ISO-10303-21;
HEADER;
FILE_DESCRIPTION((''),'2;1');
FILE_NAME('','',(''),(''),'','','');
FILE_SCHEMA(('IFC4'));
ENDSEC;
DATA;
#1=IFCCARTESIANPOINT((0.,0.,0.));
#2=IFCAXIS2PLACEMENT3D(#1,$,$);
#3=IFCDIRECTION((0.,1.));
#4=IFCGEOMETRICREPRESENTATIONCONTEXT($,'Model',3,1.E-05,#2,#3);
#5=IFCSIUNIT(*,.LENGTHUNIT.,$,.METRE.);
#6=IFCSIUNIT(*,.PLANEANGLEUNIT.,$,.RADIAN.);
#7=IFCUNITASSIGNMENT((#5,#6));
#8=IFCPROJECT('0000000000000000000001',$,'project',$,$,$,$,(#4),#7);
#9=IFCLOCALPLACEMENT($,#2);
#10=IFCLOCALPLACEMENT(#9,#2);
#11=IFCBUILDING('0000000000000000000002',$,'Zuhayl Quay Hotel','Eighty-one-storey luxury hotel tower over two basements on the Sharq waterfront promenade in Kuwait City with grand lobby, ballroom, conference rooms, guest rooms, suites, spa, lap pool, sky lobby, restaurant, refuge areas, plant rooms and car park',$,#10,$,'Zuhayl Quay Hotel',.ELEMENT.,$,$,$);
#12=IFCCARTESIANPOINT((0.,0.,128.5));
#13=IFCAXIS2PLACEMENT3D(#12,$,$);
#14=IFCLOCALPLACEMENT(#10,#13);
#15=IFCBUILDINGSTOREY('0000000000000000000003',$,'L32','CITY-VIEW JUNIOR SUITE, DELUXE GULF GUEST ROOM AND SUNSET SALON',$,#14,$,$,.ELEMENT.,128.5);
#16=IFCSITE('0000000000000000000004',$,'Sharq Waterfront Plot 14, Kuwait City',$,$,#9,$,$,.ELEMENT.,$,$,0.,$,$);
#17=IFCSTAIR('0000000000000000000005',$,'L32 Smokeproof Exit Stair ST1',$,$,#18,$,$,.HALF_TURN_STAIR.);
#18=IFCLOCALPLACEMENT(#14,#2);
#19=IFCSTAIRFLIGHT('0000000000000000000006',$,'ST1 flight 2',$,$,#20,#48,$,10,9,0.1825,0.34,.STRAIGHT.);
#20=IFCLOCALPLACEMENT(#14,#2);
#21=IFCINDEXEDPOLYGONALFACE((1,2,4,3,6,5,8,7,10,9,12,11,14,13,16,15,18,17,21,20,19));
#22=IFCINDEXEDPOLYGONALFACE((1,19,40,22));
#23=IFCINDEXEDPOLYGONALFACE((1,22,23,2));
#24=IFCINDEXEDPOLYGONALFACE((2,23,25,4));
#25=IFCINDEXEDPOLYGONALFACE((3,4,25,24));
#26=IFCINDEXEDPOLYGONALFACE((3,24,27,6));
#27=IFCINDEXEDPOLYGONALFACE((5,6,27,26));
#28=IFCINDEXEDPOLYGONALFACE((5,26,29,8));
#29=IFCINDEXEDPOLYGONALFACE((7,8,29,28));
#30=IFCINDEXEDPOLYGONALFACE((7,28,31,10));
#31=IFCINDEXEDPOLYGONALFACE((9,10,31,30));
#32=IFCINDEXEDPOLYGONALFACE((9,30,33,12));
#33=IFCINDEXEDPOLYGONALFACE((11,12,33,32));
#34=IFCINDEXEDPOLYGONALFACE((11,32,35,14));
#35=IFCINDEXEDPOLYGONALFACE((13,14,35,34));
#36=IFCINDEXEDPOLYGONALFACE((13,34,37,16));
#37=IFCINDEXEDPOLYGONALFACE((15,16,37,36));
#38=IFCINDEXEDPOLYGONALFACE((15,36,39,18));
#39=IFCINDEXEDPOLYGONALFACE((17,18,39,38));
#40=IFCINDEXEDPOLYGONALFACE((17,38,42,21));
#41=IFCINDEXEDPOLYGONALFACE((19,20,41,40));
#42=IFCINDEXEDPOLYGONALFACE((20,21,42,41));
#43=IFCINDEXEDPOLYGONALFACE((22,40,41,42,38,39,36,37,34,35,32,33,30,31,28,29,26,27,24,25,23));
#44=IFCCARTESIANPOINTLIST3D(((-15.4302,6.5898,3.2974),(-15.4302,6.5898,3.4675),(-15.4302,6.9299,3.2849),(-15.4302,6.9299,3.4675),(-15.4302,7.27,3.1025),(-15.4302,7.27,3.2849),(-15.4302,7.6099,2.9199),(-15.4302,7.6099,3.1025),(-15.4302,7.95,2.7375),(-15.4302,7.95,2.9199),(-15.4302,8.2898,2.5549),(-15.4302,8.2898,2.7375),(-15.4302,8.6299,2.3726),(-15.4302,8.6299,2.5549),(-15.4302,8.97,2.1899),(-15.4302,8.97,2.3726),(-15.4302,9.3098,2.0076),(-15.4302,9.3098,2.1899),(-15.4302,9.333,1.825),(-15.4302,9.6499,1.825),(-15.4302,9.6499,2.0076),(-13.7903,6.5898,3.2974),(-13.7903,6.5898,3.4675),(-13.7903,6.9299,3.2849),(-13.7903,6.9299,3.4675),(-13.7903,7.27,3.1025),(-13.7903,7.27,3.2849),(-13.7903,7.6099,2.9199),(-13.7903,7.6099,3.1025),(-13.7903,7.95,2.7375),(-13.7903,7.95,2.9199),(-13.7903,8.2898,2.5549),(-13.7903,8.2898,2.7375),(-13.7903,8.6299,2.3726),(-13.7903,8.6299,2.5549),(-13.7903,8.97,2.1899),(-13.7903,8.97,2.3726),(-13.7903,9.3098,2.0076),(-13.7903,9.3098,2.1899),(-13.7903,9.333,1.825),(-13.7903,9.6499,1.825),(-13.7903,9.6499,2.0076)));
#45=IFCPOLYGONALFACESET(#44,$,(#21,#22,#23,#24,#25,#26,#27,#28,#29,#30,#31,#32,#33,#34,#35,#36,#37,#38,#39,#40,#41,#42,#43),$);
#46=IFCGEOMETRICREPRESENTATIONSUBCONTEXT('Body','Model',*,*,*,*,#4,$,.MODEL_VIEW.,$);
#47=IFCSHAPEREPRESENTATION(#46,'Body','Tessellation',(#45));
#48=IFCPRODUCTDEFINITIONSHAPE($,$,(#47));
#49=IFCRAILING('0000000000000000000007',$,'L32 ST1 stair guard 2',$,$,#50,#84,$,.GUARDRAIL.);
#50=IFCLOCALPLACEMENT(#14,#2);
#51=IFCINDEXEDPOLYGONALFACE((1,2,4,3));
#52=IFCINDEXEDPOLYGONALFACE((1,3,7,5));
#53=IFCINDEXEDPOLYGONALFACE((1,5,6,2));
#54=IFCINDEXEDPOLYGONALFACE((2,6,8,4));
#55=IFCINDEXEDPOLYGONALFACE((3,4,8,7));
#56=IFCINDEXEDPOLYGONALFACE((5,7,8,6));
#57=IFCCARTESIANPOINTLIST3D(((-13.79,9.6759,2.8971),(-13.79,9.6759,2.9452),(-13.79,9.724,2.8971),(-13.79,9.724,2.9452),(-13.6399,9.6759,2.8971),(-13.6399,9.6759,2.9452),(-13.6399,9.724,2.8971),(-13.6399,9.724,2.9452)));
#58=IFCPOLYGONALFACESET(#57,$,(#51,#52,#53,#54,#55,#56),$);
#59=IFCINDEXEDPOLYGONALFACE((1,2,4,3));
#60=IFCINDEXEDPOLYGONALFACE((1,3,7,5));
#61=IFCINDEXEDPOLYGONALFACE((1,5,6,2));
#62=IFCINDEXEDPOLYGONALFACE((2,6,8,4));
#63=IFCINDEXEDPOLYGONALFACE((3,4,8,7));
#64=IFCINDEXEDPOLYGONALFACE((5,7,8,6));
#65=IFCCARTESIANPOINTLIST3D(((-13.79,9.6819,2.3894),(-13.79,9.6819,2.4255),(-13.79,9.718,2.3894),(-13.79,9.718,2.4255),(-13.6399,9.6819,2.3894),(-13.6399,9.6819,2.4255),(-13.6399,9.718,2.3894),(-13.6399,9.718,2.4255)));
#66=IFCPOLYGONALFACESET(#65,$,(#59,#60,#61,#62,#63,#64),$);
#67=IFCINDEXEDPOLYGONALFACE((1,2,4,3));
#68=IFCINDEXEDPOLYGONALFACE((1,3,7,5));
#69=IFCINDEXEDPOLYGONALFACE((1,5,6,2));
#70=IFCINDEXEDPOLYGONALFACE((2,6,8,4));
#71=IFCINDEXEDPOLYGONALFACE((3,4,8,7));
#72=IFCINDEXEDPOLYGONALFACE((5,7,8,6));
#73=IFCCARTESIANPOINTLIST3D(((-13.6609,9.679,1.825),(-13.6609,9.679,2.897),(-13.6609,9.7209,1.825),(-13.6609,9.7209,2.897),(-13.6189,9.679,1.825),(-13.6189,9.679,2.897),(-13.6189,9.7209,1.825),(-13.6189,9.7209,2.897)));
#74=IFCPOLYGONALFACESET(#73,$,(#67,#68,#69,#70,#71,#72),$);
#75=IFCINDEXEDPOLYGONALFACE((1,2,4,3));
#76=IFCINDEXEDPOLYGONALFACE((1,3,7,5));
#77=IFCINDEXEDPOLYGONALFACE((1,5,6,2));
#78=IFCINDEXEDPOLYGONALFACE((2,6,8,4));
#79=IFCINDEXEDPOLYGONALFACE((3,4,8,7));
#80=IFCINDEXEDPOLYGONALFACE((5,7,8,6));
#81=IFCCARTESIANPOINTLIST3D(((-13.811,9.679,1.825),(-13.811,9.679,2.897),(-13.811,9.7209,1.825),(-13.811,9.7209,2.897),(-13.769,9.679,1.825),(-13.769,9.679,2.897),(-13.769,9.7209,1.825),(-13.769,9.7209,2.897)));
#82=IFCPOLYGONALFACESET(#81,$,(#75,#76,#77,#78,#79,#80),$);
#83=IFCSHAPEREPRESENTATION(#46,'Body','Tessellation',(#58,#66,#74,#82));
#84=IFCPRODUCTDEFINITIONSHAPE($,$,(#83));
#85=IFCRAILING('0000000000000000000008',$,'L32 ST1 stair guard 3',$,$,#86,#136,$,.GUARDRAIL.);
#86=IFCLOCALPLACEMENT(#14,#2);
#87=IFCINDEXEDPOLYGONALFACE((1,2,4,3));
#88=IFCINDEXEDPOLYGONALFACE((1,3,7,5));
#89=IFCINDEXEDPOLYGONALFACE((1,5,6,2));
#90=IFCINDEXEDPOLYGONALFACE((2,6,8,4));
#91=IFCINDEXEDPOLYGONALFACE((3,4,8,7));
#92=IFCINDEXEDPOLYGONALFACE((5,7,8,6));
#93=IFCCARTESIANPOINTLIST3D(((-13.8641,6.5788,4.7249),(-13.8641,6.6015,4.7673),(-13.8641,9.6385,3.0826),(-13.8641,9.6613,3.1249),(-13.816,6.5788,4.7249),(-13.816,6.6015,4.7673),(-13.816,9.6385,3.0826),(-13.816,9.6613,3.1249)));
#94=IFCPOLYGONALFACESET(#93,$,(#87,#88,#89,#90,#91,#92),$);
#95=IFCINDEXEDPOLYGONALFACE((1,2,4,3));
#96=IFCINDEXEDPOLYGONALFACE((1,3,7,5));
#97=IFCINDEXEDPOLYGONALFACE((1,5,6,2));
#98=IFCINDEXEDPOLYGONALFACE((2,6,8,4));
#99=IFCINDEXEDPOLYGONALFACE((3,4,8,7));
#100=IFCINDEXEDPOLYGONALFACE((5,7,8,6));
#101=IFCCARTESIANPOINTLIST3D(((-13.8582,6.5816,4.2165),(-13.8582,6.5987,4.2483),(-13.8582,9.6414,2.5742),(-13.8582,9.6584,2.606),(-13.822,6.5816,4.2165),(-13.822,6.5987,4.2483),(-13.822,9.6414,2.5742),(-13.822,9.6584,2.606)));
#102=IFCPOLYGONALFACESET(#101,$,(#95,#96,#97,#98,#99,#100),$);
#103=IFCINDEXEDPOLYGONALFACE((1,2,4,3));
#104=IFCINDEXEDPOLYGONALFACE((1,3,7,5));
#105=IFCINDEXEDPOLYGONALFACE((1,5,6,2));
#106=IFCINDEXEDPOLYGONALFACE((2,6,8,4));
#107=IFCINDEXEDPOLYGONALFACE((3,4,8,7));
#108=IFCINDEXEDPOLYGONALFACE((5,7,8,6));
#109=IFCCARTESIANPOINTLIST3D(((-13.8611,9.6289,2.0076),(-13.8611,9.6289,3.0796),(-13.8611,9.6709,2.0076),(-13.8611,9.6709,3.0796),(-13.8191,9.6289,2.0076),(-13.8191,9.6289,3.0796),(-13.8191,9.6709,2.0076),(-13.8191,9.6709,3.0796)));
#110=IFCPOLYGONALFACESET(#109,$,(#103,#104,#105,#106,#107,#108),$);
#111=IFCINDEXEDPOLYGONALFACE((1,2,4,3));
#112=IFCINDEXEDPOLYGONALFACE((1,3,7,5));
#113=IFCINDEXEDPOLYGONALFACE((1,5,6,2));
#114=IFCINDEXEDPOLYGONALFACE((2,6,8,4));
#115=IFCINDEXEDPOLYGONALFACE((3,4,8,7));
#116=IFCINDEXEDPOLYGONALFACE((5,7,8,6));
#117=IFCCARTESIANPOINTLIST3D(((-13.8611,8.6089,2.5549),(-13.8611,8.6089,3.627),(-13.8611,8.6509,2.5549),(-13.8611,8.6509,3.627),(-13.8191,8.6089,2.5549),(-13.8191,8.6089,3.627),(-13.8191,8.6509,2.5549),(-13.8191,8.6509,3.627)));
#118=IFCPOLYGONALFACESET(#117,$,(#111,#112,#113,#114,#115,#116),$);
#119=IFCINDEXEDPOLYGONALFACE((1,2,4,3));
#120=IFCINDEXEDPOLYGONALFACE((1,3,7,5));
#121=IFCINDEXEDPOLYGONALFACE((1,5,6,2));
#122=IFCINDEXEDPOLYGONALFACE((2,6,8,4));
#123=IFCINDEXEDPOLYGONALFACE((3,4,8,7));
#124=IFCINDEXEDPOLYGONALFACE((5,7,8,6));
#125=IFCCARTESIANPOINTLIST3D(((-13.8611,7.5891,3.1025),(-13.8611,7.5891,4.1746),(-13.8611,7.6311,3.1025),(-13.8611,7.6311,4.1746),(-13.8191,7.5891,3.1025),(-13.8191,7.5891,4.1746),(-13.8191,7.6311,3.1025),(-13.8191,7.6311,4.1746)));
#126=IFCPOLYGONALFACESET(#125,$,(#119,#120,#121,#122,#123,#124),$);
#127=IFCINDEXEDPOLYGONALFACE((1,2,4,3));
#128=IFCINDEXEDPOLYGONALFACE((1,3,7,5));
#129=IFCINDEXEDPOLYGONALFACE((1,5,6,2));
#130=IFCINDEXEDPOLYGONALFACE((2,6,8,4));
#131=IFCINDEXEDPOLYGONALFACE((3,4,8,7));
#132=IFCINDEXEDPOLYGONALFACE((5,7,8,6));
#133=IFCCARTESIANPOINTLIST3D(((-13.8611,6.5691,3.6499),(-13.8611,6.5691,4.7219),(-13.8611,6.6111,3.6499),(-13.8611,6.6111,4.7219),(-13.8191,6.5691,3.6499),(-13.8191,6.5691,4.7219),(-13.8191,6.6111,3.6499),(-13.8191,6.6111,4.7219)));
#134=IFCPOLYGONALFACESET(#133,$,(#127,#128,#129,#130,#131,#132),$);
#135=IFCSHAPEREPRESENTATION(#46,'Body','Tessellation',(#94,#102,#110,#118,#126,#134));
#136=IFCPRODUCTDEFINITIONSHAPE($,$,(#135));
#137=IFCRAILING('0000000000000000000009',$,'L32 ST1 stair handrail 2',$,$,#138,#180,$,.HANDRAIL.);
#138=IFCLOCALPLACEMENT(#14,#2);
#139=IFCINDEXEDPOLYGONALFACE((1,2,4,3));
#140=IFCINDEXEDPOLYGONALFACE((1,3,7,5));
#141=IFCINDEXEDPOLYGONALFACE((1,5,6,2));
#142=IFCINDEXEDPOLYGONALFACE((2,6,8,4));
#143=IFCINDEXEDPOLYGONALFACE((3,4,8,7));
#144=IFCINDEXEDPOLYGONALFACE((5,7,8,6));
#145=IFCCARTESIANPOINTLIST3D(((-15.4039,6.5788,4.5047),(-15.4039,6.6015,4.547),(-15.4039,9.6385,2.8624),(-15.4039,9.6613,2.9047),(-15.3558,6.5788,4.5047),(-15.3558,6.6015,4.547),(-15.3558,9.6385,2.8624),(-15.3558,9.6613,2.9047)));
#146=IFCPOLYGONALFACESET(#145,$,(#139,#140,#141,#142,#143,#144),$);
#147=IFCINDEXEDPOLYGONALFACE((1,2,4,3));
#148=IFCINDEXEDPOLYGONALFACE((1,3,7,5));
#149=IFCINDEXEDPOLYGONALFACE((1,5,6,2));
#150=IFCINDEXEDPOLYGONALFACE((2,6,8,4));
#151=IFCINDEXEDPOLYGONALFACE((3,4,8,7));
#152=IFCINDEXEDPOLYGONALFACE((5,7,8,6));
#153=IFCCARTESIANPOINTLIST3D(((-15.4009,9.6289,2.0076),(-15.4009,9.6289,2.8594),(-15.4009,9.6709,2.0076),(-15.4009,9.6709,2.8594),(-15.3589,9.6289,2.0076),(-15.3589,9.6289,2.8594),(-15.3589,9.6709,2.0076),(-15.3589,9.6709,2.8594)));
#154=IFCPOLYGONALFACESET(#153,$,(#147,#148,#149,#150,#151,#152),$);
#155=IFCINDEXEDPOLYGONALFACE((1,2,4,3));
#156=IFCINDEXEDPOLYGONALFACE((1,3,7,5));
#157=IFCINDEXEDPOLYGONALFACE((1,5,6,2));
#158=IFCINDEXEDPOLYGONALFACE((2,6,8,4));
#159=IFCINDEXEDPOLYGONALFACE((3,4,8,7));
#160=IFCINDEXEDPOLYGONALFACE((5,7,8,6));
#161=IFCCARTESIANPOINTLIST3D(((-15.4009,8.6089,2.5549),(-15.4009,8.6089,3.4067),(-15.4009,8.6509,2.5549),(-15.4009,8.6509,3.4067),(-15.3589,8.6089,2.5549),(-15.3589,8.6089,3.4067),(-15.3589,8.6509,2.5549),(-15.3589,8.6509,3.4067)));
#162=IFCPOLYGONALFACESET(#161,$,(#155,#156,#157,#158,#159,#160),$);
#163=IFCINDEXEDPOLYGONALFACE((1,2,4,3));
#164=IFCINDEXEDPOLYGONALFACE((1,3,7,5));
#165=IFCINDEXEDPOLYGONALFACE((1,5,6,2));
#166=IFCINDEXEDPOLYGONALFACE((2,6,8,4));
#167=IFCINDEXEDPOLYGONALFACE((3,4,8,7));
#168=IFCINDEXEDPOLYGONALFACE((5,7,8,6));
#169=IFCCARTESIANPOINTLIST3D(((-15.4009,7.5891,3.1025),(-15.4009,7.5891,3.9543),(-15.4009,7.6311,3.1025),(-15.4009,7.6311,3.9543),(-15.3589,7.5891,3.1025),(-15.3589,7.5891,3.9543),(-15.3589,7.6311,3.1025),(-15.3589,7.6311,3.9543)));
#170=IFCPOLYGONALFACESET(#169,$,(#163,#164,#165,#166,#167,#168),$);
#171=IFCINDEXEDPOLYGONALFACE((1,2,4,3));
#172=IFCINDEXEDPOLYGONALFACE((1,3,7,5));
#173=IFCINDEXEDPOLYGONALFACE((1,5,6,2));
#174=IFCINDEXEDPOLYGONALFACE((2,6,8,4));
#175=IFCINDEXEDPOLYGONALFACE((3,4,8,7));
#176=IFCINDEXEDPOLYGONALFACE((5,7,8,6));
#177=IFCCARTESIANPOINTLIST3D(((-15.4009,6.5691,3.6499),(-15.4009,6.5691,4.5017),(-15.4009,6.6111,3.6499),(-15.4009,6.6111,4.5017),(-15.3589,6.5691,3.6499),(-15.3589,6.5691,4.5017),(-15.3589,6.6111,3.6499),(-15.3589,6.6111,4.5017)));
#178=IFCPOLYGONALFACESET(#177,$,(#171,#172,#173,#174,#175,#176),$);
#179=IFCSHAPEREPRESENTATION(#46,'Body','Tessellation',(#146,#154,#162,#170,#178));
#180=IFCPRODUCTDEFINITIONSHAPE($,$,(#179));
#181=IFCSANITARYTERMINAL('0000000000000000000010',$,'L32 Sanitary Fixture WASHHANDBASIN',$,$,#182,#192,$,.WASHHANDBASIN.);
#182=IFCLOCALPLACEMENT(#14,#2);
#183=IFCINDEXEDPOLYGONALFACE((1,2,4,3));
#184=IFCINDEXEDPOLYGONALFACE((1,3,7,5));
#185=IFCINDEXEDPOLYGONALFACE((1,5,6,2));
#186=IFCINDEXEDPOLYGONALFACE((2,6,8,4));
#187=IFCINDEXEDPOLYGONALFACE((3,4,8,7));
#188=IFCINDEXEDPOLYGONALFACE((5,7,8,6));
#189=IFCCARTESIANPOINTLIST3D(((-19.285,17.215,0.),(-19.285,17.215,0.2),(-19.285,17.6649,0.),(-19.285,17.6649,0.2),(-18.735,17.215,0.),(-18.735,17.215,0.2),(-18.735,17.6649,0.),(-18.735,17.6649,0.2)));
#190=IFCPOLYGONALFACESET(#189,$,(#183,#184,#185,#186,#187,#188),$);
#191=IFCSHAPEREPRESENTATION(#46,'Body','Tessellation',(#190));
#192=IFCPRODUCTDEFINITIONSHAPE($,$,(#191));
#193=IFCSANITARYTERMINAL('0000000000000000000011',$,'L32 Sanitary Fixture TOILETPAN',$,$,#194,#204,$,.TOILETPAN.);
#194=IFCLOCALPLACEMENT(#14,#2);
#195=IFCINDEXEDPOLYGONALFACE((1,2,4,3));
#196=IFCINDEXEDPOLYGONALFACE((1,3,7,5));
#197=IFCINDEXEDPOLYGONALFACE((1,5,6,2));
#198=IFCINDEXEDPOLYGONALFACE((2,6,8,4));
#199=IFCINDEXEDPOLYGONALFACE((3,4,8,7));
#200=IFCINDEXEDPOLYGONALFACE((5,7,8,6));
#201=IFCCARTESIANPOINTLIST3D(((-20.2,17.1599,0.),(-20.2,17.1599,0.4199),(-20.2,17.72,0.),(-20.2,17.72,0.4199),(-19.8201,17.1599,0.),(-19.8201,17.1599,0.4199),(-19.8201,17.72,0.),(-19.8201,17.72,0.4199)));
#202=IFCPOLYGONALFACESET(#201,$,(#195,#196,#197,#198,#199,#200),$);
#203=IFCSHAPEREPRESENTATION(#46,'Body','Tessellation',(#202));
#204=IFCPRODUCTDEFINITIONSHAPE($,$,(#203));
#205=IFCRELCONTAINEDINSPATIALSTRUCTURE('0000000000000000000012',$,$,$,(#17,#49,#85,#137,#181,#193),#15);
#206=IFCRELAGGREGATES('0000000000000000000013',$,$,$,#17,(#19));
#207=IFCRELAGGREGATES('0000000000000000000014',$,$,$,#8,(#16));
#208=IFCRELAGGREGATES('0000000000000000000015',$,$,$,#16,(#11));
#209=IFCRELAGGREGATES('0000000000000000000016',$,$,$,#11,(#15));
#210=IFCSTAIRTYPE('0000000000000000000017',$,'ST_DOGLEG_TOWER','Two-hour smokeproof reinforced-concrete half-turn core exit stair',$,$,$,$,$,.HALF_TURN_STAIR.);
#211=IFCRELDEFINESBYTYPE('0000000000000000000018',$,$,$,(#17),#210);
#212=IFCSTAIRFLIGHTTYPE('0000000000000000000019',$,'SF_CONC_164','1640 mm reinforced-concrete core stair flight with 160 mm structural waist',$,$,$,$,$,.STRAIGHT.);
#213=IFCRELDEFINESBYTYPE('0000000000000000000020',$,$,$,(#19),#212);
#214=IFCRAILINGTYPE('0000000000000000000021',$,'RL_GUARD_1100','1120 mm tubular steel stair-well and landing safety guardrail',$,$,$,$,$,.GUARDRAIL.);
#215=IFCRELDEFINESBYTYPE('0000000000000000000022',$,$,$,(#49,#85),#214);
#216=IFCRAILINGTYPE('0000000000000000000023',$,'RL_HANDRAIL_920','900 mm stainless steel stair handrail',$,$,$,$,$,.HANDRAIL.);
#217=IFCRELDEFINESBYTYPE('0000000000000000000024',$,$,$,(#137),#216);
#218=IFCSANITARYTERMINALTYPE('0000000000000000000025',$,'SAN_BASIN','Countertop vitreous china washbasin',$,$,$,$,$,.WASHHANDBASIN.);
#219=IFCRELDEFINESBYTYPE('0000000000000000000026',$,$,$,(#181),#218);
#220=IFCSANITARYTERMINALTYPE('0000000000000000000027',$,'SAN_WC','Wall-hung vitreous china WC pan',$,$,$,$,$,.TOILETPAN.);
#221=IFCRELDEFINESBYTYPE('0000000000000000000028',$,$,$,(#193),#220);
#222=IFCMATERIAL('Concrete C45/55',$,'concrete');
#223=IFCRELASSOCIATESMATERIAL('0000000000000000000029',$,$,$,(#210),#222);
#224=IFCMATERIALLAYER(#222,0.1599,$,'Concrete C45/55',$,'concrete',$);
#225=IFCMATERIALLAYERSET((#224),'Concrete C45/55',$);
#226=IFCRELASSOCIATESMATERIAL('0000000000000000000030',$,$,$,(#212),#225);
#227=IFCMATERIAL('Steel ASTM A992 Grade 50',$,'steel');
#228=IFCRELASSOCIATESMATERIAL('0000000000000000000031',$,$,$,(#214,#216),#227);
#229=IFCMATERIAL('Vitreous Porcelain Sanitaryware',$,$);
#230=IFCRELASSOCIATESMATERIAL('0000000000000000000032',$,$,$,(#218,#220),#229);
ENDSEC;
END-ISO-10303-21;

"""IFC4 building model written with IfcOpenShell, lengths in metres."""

from ifc_helpers import new_model, si_unit, direction, frame, origin, origin_2d, place, context, subcontext, project, spatial, polyline, rectangle, outline, extrude, material, layer, layer_set, type_object, element, aggregate, save


model = new_model("IFC4")

# Units and contexts
model_context = context("Model", 3, precision=1e-05, world=origin(), true_north=direction((0.0, 1.0)))
body_context = subcontext(model_context, "Body", "Model", "MODEL_VIEW")
ifc_project = project(units=[si_unit("LENGTHUNIT", "METRE"), si_unit("PLANEANGLEUNIT", "RADIAN")], contexts=[model_context])

# Site, building, storey
site_placement = place(None, origin())
site = spatial("IfcSite", under=ifc_project, at=site_placement, Name="Sharq Waterfront Plot 14, Kuwait City", CompositionType="ELEMENT", RefElevation=0.0)
building_placement = place(site_placement, origin())
building = spatial("IfcBuilding", under=site, at=building_placement, Name="Zuhayl Quay Hotel", Description="Eighty-one-storey luxury hotel tower over two basements on the Sharq waterfront promenade in Kuwait City with grand lobby, ballroom, conference rooms, guest rooms, suites, spa, lap pool, sky lobby, restaurant, refuge areas, plant rooms and car park", LongName="Zuhayl Quay Hotel", CompositionType="ELEMENT")
storey_placement = place(building_placement, frame((0.0, 0.0, 128.5)))
storey = spatial("IfcBuildingStorey", under=building, at=storey_placement, Name="L32", Description="CITY-VIEW JUNIOR SUITE, DELUXE GULF GUEST ROOM AND SUNSET SALON", CompositionType="ELEMENT", Elevation=128.5)

# Shared definitions
ifc_material_1 = material(Name="Steel ASTM A992 Grade 50", Category="steel")

# Stair, stair flight
ifc_material_2 = material(Name="Concrete C45/55", Category="concrete")
stair_type = type_object("IfcStairType", Name="ST_DOGLEG_TOWER", Description="Two-hour smokeproof reinforced-concrete half-turn core exit stair", PredefinedType="HALF_TURN_STAIR", material=ifc_material_2)
stair_placement = place(storey_placement, origin())
stair = element("IfcStair", 1, at=stair_placement, inside=storey, type_object=stair_type, Name="L32 Smokeproof Exit Stair ST1", PredefinedType="HALF_TURN_STAIR")
ifc_layer_1 = layer(ifc_material_2, 0.1599, Name="Concrete C45/55", Category="concrete")
ifc_layer_set_1 = layer_set([ifc_layer_1], Name="Concrete C45/55")
stair_flight_type = type_object("IfcStairFlightType", Name="SF_CONC_164", Description="1640 mm reinforced-concrete core stair flight with 160 mm structural waist", PredefinedType="STRAIGHT", material=ifc_layer_set_1)
stair_flight_placement = place(storey_placement, frame((-14.6101, 9.6499, 1.825), z_axis=(0.0, 0.0, 1.0), x_axis=(0.0, -1.0, 0.0)))
stair_flight = element("IfcStairFlight", 2, at=stair_flight_placement, type_object=stair_flight_type, Name="ST1 flight 2", NumberOfRisers=10, NumberOfTreads=9, PredefinedType="STRAIGHT", RiserHeight=0.1825, TreadLength=0.34, context=body_context, shape_type="SweptSolid", body=[
    extrude(outline(polyline([(0.0, 0.0), (0.0, 0.1826), (0.3401, 0.1826), (0.3401, 0.365), (0.6799, 0.365), (0.6799, 0.5476), (1.02, 0.5476), (1.02, 0.73), (1.3601, 0.73), (1.3601, 0.9126), (1.7, 0.9126), (1.7, 1.095), (2.04, 1.095), (2.04, 1.2776), (2.3799, 1.2776), (2.3799, 1.46), (2.72, 1.46), (2.72, 1.6426), (3.0601, 1.6426), (3.0601, 1.825), (3.0601, 1.4724), (0.3169, 0.0), (0.0, 0.0)])), frame((0.0, 0.8198, 0.0), z_axis=(0.0, -1.0, 0.0), x_axis=(1.0, 0.0, 0.0)), (0.0, 0.0, 1.0), 1.6399),
])
aggregate(stair, [stair_flight])

# Railings
railing_type_1 = type_object("IfcRailingType", Name="RL_GUARD_1100", Description="1120 mm tubular steel stair-well and landing safety guardrail", PredefinedType="GUARDRAIL", material=ifc_material_1)
railing_1_placement = place(storey_placement, frame((-13.6399, 9.7, 1.825)))
element("IfcRailing", 3, at=railing_1_placement, inside=storey, type_object=railing_type_1, Name="L32 ST1 stair guard 2", PredefinedType="GUARDRAIL", context=body_context, shape_type="SweptSolid", body=[
    extrude(rectangle(XDim=0.0481, YDim=0.0481, at=origin_2d()), frame((0.0, 0.0, 1.0962), z_axis=(-1.0, 0.0, 0.0), x_axis=(0.0, -1.0, 0.0)), (0.0, 0.0, 1.0), 0.1501),
    extrude(rectangle(XDim=0.0361, YDim=0.0361, at=origin_2d()), frame((0.0, 0.0, 0.5825), z_axis=(-1.0, 0.0, 0.0), x_axis=(0.0, -1.0, 0.0)), (0.0, 0.0, 1.0), 0.1501),
    extrude(rectangle(XDim=0.042, YDim=0.042, at=origin_2d()), origin(), (0.0, 0.0, 1.0), 1.072),
    extrude(rectangle(XDim=0.042, YDim=0.042, at=origin_2d()), frame((-0.1501, 0.0, 0.0)), (0.0, 0.0, 1.0), 1.072),
])
railing_2_placement = place(storey_placement, frame((-13.8401, 9.6499, 2.0076)))
element("IfcRailing", 4, at=railing_2_placement, inside=storey, type_object=railing_type_1, Name="L32 ST1 stair guard 3", PredefinedType="GUARDRAIL", context=body_context, shape_type="SweptSolid", body=[
    extrude(rectangle(XDim=0.0481, YDim=0.0481, at=origin_2d()), frame((0.0, 0.0, 1.0962), z_axis=(0.0, -0.881102, 0.472926), x_axis=(1.0, 0.0, 0.0)), (0.0, 0.0, 1.0), 3.4727),
    extrude(rectangle(XDim=0.0361, YDim=0.0361, at=origin_2d()), frame((0.0, 0.0, 0.5825), z_axis=(0.0, -0.881102, 0.472926), x_axis=(1.0, 0.0, 0.0)), (0.0, 0.0, 1.0), 3.4727),
    extrude(rectangle(XDim=0.042, YDim=0.042, at=origin_2d()), origin(), (0.0, 0.0, 1.0), 1.072),
    extrude(rectangle(XDim=0.042, YDim=0.042, at=origin_2d()), frame((0.0, -1.02, 0.5474)), (0.0, 0.0, 1.0), 1.072),
    extrude(rectangle(XDim=0.042, YDim=0.042, at=origin_2d()), frame((0.0, -2.0398, 1.095)), (0.0, 0.0, 1.0), 1.072),
    extrude(rectangle(XDim=0.042, YDim=0.042, at=origin_2d()), frame((0.0, -3.0598, 1.6423)), (0.0, 0.0, 1.0), 1.072),
])
railing_type_2 = type_object("IfcRailingType", Name="RL_HANDRAIL_920", Description="900 mm stainless steel stair handrail", PredefinedType="HANDRAIL", material=ifc_material_1)
railing_3_placement = place(storey_placement, frame((-15.3799, 9.6499, 2.0076)))
element("IfcRailing", 5, at=railing_3_placement, inside=storey, type_object=railing_type_2, Name="L32 ST1 stair handrail 2", PredefinedType="HANDRAIL", context=body_context, shape_type="SweptSolid", body=[
    extrude(rectangle(XDim=0.0481, YDim=0.0481, at=origin_2d()), frame((0.0, 0.0, 0.876), z_axis=(0.0, -0.881102, 0.472926), x_axis=(1.0, 0.0, 0.0)), (0.0, 0.0, 1.0), 3.4727),
    extrude(rectangle(XDim=0.042, YDim=0.042, at=origin_2d()), origin(), (0.0, 0.0, 1.0), 0.8518),
    extrude(rectangle(XDim=0.042, YDim=0.042, at=origin_2d()), frame((0.0, -1.02, 0.5474)), (0.0, 0.0, 1.0), 0.8518),
    extrude(rectangle(XDim=0.042, YDim=0.042, at=origin_2d()), frame((0.0, -2.0398, 1.095)), (0.0, 0.0, 1.0), 0.8518),
    extrude(rectangle(XDim=0.042, YDim=0.042, at=origin_2d()), frame((0.0, -3.0598, 1.6423)), (0.0, 0.0, 1.0), 0.8518),
])

# Sanitary terminals
ifc_material_3 = material(Name="Vitreous Porcelain Sanitaryware")
sanitary_terminal_type_1 = type_object("IfcSanitaryTerminalType", Name="SAN_BASIN", Description="Countertop vitreous china washbasin", PredefinedType="WASHHANDBASIN", material=ifc_material_3)
sanitary_terminal_1_placement = place(storey_placement, frame((-19.01, 17.4399, 0.0), z_axis=(0.0, 0.0, 1.0), x_axis=(1.0, 0.0, 0.0)))
element("IfcSanitaryTerminal", 6, at=sanitary_terminal_1_placement, inside=storey, type_object=sanitary_terminal_type_1, Name="L32 Sanitary Fixture WASHHANDBASIN", PredefinedType="WASHHANDBASIN", context=body_context, shape_type="SweptSolid", body=[
    extrude(rectangle(XDim=0.55, YDim=0.45, at=origin_2d()), origin(), (0.0, 0.0, 1.0), 0.2),
])
sanitary_terminal_type_2 = type_object("IfcSanitaryTerminalType", Name="SAN_WC", Description="Wall-hung vitreous china WC pan", PredefinedType="TOILETPAN", material=ifc_material_3)
sanitary_terminal_2_placement = place(storey_placement, frame((-20.01, 17.4399, 0.0), z_axis=(0.0, 0.0, 1.0), x_axis=(1.0, 0.0, 0.0)))
element("IfcSanitaryTerminal", 7, at=sanitary_terminal_2_placement, inside=storey, type_object=sanitary_terminal_type_2, Name="L32 Sanitary Fixture TOILETPAN", PredefinedType="TOILETPAN", context=body_context, shape_type="SweptSolid", body=[
    extrude(rectangle(XDim=0.3799, YDim=0.5601, at=origin_2d()), origin(), (0.0, 0.0, 1.0), 0.4199),
])

save(model, "model.ifc")
